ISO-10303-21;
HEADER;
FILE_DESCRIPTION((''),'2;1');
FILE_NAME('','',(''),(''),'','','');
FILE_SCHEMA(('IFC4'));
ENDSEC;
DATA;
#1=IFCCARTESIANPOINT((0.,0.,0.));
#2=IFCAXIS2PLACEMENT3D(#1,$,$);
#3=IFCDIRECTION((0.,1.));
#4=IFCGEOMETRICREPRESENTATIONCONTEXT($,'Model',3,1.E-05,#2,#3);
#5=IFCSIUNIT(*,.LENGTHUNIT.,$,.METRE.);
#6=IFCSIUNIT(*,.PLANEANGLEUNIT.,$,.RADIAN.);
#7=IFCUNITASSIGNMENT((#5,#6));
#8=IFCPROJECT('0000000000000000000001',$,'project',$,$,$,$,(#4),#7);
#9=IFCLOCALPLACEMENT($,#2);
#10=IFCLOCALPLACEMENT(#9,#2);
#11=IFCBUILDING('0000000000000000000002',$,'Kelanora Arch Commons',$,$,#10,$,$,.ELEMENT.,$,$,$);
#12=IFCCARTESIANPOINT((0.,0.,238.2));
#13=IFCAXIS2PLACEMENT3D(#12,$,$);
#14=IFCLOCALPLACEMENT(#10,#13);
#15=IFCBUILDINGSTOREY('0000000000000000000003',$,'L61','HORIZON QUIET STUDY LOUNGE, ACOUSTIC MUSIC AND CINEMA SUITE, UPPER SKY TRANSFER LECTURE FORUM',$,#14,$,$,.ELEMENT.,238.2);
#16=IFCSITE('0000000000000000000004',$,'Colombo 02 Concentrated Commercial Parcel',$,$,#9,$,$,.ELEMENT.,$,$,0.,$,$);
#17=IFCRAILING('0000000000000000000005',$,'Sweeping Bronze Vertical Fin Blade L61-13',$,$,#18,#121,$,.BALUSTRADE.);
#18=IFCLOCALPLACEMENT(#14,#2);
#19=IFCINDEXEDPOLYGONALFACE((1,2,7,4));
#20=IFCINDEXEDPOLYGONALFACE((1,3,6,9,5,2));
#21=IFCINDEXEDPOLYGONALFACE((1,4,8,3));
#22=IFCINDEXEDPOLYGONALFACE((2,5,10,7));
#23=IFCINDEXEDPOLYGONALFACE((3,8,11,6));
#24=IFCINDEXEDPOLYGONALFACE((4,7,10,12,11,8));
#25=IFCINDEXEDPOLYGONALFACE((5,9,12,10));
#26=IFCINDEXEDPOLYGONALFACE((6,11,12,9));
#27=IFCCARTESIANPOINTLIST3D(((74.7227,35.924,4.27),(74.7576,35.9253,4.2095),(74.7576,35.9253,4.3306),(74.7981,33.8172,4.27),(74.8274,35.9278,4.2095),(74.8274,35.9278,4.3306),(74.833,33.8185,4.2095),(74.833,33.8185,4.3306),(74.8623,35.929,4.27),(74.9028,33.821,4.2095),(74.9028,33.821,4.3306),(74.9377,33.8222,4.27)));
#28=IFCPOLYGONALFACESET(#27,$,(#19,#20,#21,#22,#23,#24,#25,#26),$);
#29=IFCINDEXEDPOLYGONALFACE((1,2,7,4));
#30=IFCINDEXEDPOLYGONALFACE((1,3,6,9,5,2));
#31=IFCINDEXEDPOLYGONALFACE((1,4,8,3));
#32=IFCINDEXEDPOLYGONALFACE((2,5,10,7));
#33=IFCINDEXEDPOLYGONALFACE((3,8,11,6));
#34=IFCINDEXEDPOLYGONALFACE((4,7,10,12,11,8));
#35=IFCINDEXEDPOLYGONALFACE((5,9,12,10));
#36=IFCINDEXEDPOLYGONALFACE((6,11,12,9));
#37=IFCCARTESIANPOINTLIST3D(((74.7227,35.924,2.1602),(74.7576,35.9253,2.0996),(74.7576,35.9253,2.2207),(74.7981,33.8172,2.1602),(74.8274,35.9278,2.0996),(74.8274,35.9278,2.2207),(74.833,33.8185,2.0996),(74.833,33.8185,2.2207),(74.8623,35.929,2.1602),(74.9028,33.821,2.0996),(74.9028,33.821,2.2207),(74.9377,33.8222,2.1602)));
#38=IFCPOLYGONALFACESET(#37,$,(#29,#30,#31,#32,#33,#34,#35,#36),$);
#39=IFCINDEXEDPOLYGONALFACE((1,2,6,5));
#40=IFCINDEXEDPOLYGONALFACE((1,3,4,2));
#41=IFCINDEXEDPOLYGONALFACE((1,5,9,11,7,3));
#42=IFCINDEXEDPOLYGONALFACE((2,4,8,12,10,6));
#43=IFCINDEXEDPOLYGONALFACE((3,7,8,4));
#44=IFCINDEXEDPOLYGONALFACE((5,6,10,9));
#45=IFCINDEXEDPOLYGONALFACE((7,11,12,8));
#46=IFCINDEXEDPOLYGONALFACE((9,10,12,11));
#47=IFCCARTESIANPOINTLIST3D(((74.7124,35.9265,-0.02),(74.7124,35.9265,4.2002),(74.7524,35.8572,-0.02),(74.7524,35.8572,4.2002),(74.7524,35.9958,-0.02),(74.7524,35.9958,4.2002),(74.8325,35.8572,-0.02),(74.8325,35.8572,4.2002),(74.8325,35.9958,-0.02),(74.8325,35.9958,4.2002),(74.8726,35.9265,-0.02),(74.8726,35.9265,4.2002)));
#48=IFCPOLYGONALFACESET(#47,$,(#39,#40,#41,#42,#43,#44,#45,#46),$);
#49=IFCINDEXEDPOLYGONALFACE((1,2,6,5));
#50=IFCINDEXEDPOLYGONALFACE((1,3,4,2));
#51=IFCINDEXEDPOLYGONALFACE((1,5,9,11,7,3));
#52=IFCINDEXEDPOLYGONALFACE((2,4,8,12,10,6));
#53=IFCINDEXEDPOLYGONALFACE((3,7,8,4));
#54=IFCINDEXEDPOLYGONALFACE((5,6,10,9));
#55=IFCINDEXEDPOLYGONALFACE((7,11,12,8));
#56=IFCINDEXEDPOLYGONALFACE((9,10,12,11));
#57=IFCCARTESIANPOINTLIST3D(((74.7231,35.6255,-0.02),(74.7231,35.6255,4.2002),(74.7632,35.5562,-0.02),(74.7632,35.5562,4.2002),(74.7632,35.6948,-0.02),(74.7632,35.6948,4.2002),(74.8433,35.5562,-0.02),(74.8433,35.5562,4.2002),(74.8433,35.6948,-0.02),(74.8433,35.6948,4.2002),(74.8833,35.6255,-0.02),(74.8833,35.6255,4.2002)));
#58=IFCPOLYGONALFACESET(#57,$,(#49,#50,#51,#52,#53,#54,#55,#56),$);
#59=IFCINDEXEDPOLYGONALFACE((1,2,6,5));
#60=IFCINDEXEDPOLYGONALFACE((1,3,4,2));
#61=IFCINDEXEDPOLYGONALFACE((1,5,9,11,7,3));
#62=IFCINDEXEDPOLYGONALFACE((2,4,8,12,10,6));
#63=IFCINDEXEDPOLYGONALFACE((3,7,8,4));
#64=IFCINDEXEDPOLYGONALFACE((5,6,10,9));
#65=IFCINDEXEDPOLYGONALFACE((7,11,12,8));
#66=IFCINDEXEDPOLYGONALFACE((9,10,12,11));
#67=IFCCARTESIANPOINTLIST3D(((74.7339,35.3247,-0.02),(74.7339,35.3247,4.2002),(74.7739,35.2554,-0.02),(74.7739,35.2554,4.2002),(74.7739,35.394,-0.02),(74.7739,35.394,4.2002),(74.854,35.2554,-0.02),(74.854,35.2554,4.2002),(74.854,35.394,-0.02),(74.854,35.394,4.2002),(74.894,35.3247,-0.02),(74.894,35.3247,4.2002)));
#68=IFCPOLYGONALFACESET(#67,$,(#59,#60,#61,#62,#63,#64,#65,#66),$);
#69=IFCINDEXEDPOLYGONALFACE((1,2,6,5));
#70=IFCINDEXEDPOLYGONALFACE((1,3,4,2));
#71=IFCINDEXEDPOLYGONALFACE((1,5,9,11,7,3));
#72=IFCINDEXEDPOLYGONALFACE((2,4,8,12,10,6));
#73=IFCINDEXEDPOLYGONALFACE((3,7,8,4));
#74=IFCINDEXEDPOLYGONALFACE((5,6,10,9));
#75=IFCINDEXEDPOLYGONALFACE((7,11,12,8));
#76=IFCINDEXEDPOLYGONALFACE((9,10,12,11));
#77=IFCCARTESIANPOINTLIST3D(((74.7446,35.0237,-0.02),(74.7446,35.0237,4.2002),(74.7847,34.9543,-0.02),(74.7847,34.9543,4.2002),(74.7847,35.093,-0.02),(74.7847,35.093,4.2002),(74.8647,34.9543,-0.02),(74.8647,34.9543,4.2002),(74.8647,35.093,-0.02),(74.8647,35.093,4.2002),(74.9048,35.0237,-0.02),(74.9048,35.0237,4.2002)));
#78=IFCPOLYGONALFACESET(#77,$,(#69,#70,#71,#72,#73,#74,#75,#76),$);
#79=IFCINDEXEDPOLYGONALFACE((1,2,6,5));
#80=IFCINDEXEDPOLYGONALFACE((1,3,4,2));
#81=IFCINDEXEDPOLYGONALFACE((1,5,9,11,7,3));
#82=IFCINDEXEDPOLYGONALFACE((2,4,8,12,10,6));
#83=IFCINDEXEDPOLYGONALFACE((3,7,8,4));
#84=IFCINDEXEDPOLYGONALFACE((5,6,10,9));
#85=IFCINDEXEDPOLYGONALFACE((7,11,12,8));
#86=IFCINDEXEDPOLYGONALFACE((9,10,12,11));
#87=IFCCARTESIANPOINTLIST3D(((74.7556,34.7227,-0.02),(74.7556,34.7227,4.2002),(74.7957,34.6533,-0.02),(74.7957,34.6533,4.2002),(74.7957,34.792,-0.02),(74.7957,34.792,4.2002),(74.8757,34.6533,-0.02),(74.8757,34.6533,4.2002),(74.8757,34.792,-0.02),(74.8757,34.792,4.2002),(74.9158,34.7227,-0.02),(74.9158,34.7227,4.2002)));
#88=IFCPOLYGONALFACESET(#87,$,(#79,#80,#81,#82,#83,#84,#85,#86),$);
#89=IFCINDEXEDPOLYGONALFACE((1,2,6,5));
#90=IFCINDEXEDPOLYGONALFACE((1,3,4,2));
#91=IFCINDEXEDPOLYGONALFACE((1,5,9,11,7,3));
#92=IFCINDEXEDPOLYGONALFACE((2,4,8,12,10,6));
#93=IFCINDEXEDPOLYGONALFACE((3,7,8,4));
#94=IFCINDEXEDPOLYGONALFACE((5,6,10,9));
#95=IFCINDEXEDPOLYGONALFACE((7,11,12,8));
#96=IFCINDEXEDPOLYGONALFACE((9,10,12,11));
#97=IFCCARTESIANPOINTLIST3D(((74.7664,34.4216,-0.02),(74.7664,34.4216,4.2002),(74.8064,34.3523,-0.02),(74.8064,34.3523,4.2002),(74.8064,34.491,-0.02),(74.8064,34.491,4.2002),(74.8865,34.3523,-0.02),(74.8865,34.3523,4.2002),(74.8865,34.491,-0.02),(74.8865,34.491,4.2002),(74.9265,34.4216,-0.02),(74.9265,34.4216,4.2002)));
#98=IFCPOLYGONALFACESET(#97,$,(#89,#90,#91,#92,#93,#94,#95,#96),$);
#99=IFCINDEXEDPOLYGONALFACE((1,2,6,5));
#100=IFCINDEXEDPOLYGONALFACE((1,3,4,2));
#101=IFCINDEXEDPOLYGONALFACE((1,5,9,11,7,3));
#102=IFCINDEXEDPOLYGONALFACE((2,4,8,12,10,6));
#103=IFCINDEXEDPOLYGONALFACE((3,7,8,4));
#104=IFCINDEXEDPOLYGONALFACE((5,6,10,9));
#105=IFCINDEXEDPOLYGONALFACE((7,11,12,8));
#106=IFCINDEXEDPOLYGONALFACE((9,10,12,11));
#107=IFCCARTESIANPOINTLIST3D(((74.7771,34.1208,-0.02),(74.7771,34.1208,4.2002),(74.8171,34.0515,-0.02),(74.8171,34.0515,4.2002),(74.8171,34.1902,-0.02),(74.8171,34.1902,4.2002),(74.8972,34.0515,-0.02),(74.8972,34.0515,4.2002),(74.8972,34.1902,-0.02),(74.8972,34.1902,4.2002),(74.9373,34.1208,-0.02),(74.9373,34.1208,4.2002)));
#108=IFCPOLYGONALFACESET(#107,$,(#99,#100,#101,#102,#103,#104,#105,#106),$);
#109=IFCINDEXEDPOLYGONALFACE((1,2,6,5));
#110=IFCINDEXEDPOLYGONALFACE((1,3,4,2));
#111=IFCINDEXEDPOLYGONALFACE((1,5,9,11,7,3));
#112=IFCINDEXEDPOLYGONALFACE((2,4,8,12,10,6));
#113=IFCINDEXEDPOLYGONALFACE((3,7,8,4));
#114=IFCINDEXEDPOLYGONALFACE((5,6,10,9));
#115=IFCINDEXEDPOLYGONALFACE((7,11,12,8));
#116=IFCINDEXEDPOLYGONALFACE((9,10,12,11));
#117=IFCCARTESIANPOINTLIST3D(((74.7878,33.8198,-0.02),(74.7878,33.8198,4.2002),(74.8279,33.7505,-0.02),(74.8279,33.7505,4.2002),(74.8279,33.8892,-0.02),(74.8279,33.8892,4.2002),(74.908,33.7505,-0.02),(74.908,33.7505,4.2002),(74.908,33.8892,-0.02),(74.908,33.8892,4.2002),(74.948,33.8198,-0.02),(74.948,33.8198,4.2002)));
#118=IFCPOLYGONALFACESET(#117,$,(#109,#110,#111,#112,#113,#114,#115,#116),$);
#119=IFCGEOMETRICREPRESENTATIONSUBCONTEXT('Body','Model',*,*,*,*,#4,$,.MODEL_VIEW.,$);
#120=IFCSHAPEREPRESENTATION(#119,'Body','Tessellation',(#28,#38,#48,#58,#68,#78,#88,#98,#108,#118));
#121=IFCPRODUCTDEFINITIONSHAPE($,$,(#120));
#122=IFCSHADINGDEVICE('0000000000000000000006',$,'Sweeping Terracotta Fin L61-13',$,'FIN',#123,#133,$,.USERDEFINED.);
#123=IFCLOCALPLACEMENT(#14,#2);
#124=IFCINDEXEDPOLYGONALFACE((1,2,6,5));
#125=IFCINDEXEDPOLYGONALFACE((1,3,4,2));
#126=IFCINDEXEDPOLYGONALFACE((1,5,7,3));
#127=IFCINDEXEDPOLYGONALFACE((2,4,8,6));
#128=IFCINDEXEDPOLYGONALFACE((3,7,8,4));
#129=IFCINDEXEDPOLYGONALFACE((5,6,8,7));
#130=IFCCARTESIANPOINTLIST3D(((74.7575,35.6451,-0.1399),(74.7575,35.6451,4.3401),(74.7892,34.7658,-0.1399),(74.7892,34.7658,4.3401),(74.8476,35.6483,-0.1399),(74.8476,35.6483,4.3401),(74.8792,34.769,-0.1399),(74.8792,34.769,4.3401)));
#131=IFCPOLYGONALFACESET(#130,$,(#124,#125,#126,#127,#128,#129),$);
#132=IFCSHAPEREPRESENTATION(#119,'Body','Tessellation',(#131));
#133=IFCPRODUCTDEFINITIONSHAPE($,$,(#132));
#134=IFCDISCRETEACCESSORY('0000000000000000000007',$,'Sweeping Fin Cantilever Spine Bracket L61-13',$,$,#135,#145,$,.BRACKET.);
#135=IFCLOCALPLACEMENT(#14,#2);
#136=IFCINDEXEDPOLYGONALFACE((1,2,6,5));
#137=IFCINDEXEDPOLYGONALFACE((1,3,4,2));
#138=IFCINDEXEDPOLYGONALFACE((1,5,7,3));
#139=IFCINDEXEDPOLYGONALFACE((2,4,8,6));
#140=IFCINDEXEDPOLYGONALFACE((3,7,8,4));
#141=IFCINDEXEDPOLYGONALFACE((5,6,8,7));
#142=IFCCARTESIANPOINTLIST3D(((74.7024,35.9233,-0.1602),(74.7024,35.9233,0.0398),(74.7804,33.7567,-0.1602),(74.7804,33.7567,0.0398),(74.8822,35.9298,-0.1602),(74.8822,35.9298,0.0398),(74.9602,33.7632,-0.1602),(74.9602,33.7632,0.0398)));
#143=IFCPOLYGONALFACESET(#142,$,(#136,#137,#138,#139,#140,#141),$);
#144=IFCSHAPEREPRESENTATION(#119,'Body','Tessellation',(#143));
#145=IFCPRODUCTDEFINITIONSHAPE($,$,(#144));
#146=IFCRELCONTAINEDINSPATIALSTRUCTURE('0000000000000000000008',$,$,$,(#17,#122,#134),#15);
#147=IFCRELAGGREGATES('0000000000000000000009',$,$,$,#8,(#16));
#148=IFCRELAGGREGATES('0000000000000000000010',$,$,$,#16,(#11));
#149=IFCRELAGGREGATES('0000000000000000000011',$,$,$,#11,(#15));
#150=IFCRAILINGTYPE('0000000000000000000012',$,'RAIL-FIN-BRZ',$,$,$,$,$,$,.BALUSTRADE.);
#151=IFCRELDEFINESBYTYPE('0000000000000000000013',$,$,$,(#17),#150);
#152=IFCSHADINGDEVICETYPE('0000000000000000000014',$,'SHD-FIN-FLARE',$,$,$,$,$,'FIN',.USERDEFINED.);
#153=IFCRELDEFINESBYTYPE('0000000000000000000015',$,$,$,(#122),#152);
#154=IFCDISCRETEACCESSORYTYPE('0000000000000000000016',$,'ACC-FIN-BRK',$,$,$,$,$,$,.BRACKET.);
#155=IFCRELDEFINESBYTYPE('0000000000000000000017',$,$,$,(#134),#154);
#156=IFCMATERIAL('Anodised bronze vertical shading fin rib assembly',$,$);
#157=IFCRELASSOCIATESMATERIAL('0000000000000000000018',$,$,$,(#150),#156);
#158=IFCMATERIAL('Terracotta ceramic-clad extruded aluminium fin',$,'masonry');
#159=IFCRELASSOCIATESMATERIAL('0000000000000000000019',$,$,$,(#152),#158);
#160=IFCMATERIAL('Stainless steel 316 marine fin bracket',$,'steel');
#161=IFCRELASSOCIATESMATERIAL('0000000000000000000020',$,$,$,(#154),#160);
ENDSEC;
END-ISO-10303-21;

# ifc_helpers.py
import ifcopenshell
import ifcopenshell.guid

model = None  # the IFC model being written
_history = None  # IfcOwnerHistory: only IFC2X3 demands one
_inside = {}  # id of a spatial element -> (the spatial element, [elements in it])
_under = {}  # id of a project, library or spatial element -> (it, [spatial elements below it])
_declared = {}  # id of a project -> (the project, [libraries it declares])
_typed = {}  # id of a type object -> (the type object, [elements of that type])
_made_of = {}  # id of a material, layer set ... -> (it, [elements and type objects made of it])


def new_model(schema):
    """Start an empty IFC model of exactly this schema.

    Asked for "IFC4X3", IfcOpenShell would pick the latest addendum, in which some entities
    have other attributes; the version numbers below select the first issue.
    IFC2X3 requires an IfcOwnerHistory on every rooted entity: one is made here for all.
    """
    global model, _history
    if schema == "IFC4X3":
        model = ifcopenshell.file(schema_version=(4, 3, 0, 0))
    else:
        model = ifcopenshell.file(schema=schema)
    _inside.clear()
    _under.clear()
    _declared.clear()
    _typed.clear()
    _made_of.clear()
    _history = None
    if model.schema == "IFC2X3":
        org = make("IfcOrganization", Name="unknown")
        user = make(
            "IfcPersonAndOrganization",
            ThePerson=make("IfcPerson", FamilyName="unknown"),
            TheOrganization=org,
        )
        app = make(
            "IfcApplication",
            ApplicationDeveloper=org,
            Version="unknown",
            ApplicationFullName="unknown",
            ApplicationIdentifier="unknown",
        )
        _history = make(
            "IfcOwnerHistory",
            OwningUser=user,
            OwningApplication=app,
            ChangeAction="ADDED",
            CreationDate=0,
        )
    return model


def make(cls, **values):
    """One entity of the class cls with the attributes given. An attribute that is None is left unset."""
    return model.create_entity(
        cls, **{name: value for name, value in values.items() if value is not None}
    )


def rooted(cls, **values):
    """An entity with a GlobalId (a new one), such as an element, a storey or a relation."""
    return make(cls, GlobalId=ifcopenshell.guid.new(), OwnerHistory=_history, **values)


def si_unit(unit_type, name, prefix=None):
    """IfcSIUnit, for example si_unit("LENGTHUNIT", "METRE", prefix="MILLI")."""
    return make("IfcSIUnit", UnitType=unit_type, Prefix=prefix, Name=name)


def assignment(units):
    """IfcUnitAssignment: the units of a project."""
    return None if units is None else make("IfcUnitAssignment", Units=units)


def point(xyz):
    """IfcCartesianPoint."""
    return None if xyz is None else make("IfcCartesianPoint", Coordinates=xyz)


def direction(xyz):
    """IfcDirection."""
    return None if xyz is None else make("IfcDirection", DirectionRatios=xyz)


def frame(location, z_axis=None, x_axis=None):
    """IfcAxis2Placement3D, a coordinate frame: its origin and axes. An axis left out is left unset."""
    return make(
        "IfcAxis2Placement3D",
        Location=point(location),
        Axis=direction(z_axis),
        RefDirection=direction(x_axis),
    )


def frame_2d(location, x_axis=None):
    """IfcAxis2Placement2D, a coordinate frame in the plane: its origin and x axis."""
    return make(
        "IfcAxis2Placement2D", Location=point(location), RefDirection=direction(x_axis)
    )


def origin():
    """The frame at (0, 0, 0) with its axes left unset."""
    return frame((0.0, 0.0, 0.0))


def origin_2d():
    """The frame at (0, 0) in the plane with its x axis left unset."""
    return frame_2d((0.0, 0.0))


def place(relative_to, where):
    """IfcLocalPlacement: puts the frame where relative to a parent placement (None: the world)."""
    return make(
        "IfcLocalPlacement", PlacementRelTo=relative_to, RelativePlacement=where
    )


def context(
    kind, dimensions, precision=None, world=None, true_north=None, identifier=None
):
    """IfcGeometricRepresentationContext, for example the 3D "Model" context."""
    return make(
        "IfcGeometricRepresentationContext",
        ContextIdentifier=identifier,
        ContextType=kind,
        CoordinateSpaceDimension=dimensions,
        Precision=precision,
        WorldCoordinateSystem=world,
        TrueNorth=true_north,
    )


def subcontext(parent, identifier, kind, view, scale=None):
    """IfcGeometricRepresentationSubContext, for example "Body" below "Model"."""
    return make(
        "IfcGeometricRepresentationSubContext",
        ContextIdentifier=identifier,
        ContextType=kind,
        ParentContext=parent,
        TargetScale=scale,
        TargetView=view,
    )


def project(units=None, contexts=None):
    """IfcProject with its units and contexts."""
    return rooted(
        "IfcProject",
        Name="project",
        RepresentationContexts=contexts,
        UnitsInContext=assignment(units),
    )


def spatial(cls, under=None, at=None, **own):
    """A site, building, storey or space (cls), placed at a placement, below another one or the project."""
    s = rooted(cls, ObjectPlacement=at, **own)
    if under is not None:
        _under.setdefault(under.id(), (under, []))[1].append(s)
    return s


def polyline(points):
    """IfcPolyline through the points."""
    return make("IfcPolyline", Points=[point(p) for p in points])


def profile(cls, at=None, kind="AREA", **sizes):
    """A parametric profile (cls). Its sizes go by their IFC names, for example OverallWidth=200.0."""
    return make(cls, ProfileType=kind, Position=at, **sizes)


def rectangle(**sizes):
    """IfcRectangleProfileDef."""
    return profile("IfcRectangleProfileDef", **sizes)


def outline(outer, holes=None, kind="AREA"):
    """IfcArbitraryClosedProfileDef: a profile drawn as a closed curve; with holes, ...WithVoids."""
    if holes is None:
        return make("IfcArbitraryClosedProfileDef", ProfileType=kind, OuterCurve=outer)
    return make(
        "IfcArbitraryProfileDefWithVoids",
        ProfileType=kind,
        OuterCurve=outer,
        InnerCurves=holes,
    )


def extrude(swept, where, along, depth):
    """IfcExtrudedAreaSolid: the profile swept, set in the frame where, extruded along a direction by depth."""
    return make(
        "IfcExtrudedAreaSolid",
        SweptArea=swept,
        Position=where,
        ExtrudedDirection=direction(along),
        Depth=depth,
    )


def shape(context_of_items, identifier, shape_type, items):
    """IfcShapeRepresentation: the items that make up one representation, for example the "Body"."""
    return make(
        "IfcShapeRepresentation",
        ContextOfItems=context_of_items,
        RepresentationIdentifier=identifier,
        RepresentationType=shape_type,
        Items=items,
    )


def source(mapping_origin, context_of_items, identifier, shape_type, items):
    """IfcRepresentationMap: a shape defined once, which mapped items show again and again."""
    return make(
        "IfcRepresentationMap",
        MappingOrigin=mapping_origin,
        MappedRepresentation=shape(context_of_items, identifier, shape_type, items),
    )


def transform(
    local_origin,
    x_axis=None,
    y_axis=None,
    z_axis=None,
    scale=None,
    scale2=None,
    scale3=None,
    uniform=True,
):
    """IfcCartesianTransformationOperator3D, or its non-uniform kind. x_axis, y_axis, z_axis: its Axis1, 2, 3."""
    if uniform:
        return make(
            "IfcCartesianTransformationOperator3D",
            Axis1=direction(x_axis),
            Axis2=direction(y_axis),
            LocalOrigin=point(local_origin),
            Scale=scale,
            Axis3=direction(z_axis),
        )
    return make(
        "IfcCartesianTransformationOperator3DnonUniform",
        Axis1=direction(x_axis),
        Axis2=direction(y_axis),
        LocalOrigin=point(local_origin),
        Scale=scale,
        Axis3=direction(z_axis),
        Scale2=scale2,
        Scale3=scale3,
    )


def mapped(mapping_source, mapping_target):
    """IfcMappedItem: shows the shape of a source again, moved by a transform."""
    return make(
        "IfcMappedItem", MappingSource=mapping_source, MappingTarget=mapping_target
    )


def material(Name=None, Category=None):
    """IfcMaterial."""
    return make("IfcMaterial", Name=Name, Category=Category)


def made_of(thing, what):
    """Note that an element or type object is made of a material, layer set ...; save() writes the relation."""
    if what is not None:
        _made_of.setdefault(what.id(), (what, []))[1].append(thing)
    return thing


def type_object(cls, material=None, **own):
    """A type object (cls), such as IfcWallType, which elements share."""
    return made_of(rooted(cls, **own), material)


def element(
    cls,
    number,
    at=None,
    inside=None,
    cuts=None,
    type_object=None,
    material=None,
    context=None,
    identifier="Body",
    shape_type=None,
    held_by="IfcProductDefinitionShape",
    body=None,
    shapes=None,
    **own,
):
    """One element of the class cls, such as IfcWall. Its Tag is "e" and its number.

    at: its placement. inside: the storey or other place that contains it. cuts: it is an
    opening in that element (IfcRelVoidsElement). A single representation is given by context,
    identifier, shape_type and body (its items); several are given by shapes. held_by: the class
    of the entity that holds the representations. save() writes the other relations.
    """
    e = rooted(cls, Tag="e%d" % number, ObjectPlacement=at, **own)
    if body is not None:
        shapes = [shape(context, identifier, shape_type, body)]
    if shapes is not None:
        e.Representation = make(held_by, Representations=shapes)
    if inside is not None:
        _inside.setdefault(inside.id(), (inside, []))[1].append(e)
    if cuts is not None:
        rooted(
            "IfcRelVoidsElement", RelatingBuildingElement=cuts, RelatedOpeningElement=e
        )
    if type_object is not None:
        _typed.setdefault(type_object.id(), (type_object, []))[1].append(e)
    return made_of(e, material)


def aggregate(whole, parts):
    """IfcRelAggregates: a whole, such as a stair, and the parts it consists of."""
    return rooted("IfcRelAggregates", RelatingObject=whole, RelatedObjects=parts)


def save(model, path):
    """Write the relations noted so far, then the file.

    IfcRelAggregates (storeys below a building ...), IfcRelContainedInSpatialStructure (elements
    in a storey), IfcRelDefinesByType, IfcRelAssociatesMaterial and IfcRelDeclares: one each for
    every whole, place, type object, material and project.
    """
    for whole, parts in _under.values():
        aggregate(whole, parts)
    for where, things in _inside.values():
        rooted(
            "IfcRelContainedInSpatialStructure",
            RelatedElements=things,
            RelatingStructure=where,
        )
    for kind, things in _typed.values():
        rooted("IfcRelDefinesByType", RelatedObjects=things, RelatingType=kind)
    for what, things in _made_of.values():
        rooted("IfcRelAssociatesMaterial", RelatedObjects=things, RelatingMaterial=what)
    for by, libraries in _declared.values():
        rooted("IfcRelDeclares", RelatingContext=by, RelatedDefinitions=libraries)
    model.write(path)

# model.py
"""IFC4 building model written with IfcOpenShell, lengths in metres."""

from ifc_helpers import new_model, si_unit, direction, frame, origin, origin_2d, place, context, subcontext, project, spatial, polyline, rectangle, outline, extrude, source, transform, mapped, material, type_object, element, save


model = new_model("IFC4")

# Units and contexts
model_context = context("Model", 3, precision=1e-05, world=origin(), true_north=direction((0.0, 1.0)))
body_context = subcontext(model_context, "Body", "Model", "MODEL_VIEW")
ifc_project = project(units=[si_unit("LENGTHUNIT", "METRE"), si_unit("PLANEANGLEUNIT", "RADIAN")], contexts=[model_context])

# Site, building, storey
site_placement = place(None, origin())
site = spatial("IfcSite", under=ifc_project, at=site_placement, Name="Colombo 02 Concentrated Commercial Parcel", CompositionType="ELEMENT", RefElevation=0.0)
building_placement = place(site_placement, origin())
building = spatial("IfcBuilding", under=site, at=building_placement, Name="Kelanora Arch Commons", CompositionType="ELEMENT")
storey_placement = place(building_placement, frame((0.0, 0.0, 238.2)))
storey = spatial("IfcBuildingStorey", under=building, at=storey_placement, Name="L61", Description="HORIZON QUIET STUDY LOUNGE, ACOUSTIC MUSIC AND CINEMA SUITE, UPPER SKY TRANSFER LECTURE FORUM", CompositionType="ELEMENT", Elevation=238.2)

# Railing
ifc_material_1 = material(Name="Anodised bronze vertical shading fin rib assembly")
railing_type = type_object("IfcRailingType", Name="RAIL-FIN-BRZ", PredefinedType="BALUSTRADE", material=ifc_material_1)
railing_placement = place(storey_placement, frame((74.7925, 35.9265, -0.02)))
element("IfcRailing", 1, at=railing_placement, inside=storey, type_object=railing_type, Name="Sweeping Bronze Vertical Fin Blade L61-13", PredefinedType="BALUSTRADE", context=body_context, shape_type="SweptSolid", body=[
    extrude(outline(polyline([(0.0698, 0.0), (0.0349, 0.0605), (-0.0349, 0.0605), (-0.0698, 0.0), (-0.0349, -0.0605), (0.0349, -0.0605), (0.0698, 0.0)])), frame((0.0, 0.0, 4.29), z_axis=(0.035787, -0.999359, 0.0), x_axis=(0.999359, 0.035787, 0.0)), (0.0, 0.0, 1.0), 2.1082),
    extrude(outline(polyline([(0.0698, 0.0), (0.0349, 0.0605), (-0.0349, 0.0605), (-0.0698, 0.0), (-0.0349, -0.0605), (0.0349, -0.0605), (0.0698, 0.0)])), frame((0.0, 0.0, 2.1802), z_axis=(0.035787, -0.999359, 0.0), x_axis=(0.999359, 0.035787, 0.0)), (0.0, 0.0, 1.0), 2.1082),
    extrude(outline(polyline([(0.0801, 0.0), (0.04, 0.0693), (-0.04, 0.0693), (-0.0801, 0.0), (-0.04, -0.0693), (0.04, -0.0693), (0.0801, 0.0)])), origin(), (0.0, 0.0, 1.0), 4.2202),
    extrude(outline(polyline([(0.0801, 0.0), (0.04, 0.0693), (-0.04, 0.0693), (-0.0801, 0.0), (-0.04, -0.0693), (0.04, -0.0693), (0.0801, 0.0)])), frame((0.0107, -0.301, 0.0)), (0.0, 0.0, 1.0), 4.2202),
    extrude(outline(polyline([(0.0801, 0.0), (0.04, 0.0693), (-0.04, 0.0693), (-0.0801, 0.0), (-0.04, -0.0693), (0.04, -0.0693), (0.0801, 0.0)])), frame((0.0215, -0.6018, 0.0)), (0.0, 0.0, 1.0), 4.2202),
    extrude(outline(polyline([(0.0801, 0.0), (0.04, 0.0693), (-0.04, 0.0693), (-0.0801, 0.0), (-0.04, -0.0693), (0.04, -0.0693), (0.0801, 0.0)])), frame((0.0322, -0.9028, 0.0)), (0.0, 0.0, 1.0), 4.2202),
    extrude(outline(polyline([(0.0801, 0.0), (0.04, 0.0693), (-0.04, 0.0693), (-0.0801, 0.0), (-0.04, -0.0693), (0.04, -0.0693), (0.0801, 0.0)])), frame((0.0432, -1.2039, 0.0)), (0.0, 0.0, 1.0), 4.2202),
    extrude(outline(polyline([(0.0801, 0.0), (0.04, 0.0693), (-0.04, 0.0693), (-0.0801, 0.0), (-0.04, -0.0693), (0.04, -0.0693), (0.0801, 0.0)])), frame((0.054, -1.5049, 0.0)), (0.0, 0.0, 1.0), 4.2202),
    extrude(outline(polyline([(0.0801, 0.0), (0.04, 0.0693), (-0.04, 0.0693), (-0.0801, 0.0), (-0.04, -0.0693), (0.04, -0.0693), (0.0801, 0.0)])), frame((0.0647, -1.8057, 0.0)), (0.0, 0.0, 1.0), 4.2202),
    extrude(outline(polyline([(0.0801, 0.0), (0.04, 0.0693), (-0.04, 0.0693), (-0.0801, 0.0), (-0.04, -0.0693), (0.04, -0.0693), (0.0801, 0.0)])), frame((0.0754, -2.1067, 0.0)), (0.0, 0.0, 1.0), 4.2202),
])

# Shading device
ifc_material_2 = material(Name="Terracotta ceramic-clad extruded aluminium fin", Category="masonry")
shading_device_type = type_object("IfcShadingDeviceType", Name="SHD-FIN-FLARE", ElementType="FIN", PredefinedType="USERDEFINED", material=ifc_material_2)
shared_shape_1 = source(origin(), body_context, "Body", "SweptSolid", [
    extrude(rectangle(XDim=0.8799, YDim=0.0901, at=origin_2d()), origin(), (0.0, 0.0, 1.0), 4.48),
])
shading_device_placement = place(storey_placement, frame((74.8184, 35.207, -0.1399), z_axis=(0.0, 0.0, 1.0), x_axis=(0.035946, -0.999354, 0.0)))
element("IfcShadingDevice", 2, at=shading_device_placement, inside=storey, type_object=shading_device_type, Name="Sweeping Terracotta Fin L61-13", ObjectType="FIN", PredefinedType="USERDEFINED", context=body_context, shape_type="MappedRepresentation", body=[
    mapped(shared_shape_1, transform((0.0, 0.0, 0.0), scale=1.0)),
])

# Discrete accessory
ifc_material_3 = material(Name="Stainless steel 316 marine fin bracket", Category="steel")
discrete_accessory_type = type_object("IfcDiscreteAccessoryType", Name="ACC-FIN-BRK", PredefinedType="BRACKET", material=ifc_material_3)
shared_shape_2 = source(origin(), body_context, "Body", "SweptSolid", [
    extrude(rectangle(XDim=2.168, YDim=0.1799, at=origin_2d()), origin(), (0.0, 0.0, 1.0), 0.2),
])
discrete_accessory_placement = place(storey_placement, frame((74.8313, 34.8433, -0.1602), z_axis=(0.0, 0.0, 1.0), x_axis=(0.035946, -0.999354, 0.0)))
element("IfcDiscreteAccessory", 3, at=discrete_accessory_placement, inside=storey, type_object=discrete_accessory_type, Name="Sweeping Fin Cantilever Spine Bracket L61-13", PredefinedType="BRACKET", context=body_context, shape_type="MappedRepresentation", body=[
    mapped(shared_shape_2, transform((0.0, 0.0, 0.0), scale=1.0)),
])

save(model, "model.ifc")
